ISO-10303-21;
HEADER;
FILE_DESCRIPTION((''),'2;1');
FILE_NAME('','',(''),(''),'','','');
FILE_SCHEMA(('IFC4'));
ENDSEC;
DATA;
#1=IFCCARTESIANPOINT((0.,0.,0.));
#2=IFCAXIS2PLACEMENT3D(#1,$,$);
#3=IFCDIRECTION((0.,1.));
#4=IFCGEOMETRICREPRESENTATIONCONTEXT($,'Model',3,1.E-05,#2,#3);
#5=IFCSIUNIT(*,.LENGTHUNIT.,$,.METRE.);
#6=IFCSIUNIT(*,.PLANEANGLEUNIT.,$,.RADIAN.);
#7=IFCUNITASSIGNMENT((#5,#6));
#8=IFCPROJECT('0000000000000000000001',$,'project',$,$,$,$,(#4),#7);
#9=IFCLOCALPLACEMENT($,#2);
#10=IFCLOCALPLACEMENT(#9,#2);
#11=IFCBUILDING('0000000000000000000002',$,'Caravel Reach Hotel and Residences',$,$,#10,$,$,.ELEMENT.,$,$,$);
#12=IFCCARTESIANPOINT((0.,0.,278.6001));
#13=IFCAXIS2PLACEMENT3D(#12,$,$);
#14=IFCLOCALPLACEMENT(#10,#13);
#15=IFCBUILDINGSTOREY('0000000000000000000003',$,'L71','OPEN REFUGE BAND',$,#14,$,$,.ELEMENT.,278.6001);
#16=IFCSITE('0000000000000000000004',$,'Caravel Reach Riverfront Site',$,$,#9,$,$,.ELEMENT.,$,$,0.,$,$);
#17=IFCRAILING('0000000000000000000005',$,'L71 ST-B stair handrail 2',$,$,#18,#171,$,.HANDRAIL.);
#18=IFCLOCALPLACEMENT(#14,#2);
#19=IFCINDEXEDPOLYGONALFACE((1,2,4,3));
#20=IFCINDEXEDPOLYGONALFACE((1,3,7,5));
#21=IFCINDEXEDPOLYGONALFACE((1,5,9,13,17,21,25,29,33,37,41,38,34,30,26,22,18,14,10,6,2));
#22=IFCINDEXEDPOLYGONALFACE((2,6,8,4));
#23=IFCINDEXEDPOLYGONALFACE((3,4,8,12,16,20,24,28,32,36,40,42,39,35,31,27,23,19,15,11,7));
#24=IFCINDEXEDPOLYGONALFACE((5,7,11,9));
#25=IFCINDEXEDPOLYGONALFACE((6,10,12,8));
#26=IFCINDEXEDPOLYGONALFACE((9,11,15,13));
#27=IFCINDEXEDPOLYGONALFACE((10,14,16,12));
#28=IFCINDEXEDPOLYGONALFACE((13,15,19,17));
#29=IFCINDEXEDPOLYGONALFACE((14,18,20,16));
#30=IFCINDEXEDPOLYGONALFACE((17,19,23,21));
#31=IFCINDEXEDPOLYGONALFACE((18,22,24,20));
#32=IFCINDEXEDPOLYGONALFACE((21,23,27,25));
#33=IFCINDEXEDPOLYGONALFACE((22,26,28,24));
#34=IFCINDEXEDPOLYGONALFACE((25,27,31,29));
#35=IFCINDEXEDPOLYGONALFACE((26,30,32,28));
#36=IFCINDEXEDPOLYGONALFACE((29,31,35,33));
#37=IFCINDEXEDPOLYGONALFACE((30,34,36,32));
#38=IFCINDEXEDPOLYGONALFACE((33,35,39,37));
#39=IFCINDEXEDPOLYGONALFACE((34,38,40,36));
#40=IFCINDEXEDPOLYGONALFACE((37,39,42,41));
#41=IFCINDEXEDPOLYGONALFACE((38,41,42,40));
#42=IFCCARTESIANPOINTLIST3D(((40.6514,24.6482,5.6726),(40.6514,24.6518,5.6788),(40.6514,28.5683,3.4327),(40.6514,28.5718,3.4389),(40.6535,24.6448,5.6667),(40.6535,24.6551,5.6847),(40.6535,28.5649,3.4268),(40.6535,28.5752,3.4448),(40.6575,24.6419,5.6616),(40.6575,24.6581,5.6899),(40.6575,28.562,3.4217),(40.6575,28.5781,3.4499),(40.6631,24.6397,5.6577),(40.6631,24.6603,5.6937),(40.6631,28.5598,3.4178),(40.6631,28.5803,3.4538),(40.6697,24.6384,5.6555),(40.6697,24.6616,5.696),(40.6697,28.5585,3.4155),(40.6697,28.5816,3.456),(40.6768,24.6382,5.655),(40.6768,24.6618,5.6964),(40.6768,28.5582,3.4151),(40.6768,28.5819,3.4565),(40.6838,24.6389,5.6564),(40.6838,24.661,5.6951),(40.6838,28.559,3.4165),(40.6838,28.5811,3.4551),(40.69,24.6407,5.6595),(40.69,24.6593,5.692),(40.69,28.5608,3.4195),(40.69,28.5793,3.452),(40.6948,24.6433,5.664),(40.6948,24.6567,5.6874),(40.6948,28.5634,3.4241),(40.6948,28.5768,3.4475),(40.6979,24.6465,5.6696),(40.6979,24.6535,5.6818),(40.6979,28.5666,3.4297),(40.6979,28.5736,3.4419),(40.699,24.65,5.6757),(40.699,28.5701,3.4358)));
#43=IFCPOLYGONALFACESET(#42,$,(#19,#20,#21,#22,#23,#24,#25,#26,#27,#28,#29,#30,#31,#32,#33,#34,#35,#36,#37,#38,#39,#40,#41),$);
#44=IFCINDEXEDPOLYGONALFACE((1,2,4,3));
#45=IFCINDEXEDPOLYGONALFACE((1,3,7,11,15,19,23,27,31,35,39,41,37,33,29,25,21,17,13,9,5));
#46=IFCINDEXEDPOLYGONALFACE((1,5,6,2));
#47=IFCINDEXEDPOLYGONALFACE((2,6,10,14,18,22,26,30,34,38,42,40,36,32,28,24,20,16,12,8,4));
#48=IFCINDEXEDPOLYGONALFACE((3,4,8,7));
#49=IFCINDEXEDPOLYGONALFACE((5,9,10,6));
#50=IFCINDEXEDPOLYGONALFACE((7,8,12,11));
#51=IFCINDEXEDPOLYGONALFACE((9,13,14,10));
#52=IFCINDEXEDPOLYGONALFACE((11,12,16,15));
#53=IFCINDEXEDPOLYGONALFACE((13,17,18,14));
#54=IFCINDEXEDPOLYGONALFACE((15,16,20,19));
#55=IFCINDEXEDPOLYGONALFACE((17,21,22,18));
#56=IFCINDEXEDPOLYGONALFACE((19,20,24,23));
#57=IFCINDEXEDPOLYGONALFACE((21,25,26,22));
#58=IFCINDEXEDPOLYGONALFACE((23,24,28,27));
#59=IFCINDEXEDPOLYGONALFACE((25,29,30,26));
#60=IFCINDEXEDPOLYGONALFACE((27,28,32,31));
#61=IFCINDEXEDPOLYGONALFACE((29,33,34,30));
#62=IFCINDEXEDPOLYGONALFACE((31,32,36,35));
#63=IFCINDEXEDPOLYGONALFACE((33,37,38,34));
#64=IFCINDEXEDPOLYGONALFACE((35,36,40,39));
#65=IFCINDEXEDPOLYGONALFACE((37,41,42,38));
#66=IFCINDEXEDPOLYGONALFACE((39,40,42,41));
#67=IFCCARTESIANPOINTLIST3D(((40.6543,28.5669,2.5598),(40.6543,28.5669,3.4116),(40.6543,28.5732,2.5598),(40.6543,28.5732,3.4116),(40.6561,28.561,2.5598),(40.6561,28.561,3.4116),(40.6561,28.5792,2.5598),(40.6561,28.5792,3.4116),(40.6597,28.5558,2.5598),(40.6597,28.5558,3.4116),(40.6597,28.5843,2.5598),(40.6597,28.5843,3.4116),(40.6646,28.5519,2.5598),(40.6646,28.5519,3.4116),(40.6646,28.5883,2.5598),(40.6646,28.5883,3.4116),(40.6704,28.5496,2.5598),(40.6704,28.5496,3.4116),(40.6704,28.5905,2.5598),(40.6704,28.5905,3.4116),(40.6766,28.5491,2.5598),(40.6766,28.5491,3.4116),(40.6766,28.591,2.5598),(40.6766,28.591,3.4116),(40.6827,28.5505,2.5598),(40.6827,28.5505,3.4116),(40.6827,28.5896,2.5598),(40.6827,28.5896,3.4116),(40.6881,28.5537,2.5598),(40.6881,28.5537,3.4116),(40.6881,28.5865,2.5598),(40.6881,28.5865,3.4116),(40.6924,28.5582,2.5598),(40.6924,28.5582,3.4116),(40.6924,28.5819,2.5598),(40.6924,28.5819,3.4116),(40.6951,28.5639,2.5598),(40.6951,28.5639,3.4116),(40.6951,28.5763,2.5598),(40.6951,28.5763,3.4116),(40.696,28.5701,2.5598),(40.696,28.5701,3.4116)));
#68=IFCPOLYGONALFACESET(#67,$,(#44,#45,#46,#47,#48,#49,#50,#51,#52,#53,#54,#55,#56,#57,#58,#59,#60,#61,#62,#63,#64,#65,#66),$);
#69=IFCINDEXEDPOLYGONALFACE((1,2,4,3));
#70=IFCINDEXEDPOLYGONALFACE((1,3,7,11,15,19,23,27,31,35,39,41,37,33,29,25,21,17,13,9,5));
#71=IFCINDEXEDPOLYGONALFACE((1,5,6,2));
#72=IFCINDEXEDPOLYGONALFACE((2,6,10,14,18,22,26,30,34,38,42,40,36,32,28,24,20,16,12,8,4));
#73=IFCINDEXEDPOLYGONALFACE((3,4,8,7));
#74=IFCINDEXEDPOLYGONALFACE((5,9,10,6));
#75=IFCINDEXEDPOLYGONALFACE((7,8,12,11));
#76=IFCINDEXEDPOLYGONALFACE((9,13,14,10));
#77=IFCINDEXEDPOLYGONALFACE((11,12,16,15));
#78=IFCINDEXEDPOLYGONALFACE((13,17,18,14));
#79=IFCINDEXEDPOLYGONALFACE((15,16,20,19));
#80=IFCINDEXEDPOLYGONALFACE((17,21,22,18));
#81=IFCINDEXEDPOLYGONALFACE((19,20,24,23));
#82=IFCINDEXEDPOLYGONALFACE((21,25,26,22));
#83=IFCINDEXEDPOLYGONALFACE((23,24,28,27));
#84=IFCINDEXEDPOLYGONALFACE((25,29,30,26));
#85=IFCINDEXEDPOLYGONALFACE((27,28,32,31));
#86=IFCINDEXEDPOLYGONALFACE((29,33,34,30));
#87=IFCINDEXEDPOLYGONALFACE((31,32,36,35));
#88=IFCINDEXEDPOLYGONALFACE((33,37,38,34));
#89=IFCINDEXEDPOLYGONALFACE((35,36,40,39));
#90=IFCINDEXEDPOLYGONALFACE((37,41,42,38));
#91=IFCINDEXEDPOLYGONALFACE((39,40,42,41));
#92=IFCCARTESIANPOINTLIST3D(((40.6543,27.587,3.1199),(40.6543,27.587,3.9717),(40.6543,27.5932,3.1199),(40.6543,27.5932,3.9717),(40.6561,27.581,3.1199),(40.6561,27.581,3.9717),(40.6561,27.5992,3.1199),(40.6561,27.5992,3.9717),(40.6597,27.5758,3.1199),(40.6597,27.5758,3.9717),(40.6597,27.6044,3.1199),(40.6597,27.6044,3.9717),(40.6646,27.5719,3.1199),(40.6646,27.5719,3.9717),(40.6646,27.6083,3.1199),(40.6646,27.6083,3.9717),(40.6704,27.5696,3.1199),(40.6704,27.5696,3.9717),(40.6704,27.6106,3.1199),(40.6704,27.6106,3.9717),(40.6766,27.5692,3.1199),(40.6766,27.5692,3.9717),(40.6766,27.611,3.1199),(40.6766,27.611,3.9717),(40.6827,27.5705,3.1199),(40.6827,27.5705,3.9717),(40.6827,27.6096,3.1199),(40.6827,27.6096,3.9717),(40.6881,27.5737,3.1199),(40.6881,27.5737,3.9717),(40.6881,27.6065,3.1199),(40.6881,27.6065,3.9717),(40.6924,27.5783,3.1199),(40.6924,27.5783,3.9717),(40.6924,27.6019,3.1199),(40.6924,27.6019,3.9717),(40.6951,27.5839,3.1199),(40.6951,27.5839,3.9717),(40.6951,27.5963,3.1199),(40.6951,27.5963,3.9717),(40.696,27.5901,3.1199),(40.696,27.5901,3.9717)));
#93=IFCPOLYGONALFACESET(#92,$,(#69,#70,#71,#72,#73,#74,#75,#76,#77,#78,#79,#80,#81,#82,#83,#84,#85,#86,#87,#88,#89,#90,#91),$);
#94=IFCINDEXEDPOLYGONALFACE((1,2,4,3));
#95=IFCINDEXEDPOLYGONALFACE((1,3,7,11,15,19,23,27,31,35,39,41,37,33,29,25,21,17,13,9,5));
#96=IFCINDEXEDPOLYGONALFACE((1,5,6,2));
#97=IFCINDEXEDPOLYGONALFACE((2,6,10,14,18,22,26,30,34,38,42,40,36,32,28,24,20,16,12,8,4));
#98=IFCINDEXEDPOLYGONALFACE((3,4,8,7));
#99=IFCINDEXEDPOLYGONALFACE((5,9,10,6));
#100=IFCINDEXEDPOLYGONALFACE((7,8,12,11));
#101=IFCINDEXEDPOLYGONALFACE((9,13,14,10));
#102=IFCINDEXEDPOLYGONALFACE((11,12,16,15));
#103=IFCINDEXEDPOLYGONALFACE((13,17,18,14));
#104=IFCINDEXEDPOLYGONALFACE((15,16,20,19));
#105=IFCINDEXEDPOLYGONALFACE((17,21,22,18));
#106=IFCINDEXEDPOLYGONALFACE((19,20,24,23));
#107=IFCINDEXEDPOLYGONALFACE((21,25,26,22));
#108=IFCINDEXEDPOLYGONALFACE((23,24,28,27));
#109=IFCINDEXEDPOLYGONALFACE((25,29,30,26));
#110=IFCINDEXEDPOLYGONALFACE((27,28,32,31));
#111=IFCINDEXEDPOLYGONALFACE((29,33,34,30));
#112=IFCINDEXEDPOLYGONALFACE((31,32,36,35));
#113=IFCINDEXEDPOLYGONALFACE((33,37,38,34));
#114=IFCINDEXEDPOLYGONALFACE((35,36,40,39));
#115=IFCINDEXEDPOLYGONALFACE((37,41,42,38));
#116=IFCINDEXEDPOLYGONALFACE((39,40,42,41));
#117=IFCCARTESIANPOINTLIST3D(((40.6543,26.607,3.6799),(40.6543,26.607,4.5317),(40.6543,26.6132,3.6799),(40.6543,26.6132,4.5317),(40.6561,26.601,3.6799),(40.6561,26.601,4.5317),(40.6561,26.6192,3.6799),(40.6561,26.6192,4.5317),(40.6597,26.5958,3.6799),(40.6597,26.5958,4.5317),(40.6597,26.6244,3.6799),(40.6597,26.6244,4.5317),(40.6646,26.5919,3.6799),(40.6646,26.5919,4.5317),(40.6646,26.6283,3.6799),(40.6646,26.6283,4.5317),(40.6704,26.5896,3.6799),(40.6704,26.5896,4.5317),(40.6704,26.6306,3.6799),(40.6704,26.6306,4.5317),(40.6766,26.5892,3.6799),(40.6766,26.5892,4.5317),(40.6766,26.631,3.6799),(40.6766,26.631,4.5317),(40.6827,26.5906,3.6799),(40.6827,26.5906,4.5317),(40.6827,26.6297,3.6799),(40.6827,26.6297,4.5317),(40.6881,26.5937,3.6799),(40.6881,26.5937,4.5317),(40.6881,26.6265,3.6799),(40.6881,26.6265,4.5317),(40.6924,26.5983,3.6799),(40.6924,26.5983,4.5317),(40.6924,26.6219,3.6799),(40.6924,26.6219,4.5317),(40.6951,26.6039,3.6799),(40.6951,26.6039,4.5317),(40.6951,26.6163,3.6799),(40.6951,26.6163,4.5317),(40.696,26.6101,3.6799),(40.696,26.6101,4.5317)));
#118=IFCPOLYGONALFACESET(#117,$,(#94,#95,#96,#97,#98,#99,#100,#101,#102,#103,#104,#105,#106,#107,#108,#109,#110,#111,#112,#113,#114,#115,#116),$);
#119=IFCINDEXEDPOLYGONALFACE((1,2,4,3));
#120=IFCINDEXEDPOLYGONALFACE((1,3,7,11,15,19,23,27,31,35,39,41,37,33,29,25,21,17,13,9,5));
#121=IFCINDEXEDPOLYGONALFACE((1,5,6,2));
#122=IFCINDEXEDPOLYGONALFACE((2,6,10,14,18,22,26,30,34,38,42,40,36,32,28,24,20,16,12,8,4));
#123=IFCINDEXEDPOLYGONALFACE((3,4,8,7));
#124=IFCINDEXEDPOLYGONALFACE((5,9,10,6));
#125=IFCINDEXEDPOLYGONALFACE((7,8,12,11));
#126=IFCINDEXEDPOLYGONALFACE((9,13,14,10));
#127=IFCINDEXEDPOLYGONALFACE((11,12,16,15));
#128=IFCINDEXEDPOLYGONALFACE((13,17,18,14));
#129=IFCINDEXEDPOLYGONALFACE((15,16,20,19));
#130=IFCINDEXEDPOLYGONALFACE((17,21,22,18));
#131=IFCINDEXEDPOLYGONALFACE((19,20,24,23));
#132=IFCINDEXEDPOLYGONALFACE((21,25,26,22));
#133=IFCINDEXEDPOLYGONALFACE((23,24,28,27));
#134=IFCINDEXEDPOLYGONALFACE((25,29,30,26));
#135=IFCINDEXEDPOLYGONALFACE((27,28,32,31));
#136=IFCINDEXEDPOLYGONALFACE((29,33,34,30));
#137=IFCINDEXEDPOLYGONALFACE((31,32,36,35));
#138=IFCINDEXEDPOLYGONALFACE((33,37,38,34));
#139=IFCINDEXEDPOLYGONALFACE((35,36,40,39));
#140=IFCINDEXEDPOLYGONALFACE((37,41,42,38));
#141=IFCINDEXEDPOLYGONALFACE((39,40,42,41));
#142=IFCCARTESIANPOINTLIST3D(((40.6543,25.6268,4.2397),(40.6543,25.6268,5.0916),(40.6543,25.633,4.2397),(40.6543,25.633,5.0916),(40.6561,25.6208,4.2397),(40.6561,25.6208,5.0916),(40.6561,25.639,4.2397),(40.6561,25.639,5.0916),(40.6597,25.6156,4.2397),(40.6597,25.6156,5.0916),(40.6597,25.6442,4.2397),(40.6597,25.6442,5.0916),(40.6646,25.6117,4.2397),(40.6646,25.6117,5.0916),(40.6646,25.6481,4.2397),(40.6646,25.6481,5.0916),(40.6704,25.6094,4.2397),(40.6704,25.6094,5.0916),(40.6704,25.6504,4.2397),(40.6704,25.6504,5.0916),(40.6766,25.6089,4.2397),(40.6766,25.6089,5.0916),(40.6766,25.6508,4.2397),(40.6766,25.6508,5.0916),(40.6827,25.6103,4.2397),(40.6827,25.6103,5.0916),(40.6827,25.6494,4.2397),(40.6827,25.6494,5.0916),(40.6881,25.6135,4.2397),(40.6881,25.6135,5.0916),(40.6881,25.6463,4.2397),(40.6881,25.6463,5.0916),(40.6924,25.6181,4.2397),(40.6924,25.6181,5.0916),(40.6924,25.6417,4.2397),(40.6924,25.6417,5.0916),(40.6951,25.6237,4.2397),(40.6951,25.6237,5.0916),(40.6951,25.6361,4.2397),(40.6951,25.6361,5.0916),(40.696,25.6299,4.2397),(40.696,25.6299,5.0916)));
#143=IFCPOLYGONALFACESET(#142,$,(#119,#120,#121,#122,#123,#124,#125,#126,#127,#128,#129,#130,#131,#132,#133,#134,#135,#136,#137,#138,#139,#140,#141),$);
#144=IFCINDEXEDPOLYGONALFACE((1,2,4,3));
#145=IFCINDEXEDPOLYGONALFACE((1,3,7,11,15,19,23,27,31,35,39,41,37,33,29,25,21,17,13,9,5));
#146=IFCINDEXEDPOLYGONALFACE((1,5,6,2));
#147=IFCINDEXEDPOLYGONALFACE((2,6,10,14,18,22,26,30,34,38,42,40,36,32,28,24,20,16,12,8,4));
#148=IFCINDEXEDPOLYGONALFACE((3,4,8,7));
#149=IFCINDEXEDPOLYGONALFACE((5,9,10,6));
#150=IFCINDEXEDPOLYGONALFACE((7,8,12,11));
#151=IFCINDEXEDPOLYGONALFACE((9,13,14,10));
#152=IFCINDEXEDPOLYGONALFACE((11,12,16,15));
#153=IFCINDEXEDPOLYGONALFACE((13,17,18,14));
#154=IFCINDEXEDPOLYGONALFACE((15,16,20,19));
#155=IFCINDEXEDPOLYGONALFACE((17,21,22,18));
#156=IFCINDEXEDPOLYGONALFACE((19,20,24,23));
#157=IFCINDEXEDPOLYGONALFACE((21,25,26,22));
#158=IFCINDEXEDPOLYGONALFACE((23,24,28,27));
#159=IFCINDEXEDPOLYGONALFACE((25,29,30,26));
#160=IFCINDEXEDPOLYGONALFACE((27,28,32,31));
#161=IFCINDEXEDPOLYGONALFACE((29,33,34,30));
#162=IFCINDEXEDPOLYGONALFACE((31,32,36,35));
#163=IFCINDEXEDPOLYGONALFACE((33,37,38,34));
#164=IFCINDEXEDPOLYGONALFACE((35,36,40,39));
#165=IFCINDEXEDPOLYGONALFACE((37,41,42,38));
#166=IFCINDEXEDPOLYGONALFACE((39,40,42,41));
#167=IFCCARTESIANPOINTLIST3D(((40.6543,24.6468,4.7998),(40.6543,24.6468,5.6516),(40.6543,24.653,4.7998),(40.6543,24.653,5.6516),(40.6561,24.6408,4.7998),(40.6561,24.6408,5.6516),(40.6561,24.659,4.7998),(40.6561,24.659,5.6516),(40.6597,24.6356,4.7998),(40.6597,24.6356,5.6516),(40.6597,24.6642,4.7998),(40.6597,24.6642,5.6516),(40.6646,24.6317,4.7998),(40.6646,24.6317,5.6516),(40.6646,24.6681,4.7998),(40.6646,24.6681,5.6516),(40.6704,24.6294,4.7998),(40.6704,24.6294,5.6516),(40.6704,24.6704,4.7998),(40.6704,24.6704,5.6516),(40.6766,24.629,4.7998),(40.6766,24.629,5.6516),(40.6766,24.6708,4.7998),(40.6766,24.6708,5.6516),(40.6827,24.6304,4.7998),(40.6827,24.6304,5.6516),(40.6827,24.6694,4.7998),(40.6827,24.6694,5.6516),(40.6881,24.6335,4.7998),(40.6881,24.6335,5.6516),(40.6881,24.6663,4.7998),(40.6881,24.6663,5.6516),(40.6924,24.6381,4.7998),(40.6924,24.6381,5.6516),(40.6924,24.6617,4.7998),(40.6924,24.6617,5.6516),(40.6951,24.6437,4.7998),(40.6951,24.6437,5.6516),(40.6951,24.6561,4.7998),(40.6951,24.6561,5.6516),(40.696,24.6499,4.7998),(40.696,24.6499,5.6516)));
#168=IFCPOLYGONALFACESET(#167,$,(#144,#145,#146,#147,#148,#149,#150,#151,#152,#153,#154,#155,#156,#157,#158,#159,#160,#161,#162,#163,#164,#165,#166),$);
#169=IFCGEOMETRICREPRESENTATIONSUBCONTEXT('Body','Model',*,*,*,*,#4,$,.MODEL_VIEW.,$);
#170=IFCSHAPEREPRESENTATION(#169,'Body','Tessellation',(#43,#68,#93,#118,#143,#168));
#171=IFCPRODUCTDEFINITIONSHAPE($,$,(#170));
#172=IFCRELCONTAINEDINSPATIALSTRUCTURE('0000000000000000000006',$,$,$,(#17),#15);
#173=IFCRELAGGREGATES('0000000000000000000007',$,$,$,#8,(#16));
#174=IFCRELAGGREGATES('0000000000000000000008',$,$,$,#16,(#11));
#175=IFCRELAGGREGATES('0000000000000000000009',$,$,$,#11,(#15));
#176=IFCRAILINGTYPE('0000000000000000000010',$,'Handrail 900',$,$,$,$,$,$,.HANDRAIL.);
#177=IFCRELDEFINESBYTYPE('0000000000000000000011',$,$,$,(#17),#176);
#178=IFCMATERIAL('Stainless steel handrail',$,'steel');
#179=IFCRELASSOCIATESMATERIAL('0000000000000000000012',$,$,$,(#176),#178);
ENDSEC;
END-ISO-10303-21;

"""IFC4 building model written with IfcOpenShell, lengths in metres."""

from ifc_helpers import new_model, si_unit, direction, frame, origin, origin_2d, place, context, subcontext, project, spatial, circle, extrude, material, type_object, element, save


model = new_model("IFC4")

# Units and contexts
model_context = context("Model", 3, precision=1e-05, world=origin(), true_north=direction((0.0, 1.0)))
body_context = subcontext(model_context, "Body", "Model", "MODEL_VIEW")
ifc_project = project(units=[si_unit("LENGTHUNIT", "METRE"), si_unit("PLANEANGLEUNIT", "RADIAN")], contexts=[model_context])

# Site, building, storey
site_placement = place(None, origin())
site = spatial("IfcSite", under=ifc_project, at=site_placement, Name="Caravel Reach Riverfront Site", CompositionType="ELEMENT", RefElevation=0.0)
building_placement = place(site_placement, origin())
building = spatial("IfcBuilding", under=site, at=building_placement, Name="Caravel Reach Hotel and Residences", CompositionType="ELEMENT")
storey_placement = place(building_placement, frame((0.0, 0.0, 278.6001)))
storey = spatial("IfcBuildingStorey", under=building, at=storey_placement, Name="L71", Description="OPEN REFUGE BAND", CompositionType="ELEMENT", Elevation=278.6001)

# Railing
ifc_material_1 = material(Name="Stainless steel handrail", Category="steel")
railing_type_1 = type_object("IfcRailingType", Name="Handrail 900", PredefinedType="HANDRAIL", material=ifc_material_1)
railing_1_placement = place(storey_placement, frame((40.675, 28.5701, 2.5598)))
element("IfcRailing", 1, at=railing_1_placement, inside=storey, type_object=railing_type_1, Name="L71 ST-B stair handrail 2", PredefinedType="HANDRAIL", context=body_context, shape_type="SweptSolid", body=[
    extrude(circle(Radius=0.0239, at=origin_2d()), frame((0.0, 0.0, 0.876), z_axis=(0.0, -0.868253, 0.496121), x_axis=(1.0, 0.0, 0.0)), (0.0, 0.0, 1.0), 4.5149),
    extrude(circle(Radius=0.021, at=origin_2d()), origin(), (0.0, 0.0, 1.0), 0.8518),
    extrude(circle(Radius=0.021, at=origin_2d()), frame((0.0, -0.98, 0.5601)), (0.0, 0.0, 1.0), 0.8518),
    extrude(circle(Radius=0.021, at=origin_2d()), frame((0.0, -1.96, 1.1201)), (0.0, 0.0, 1.0), 0.8518),
    extrude(circle(Radius=0.021, at=origin_2d()), frame((0.0, -2.9402, 1.6799)), (0.0, 0.0, 1.0), 0.8518),
    extrude(circle(Radius=0.021, at=origin_2d()), frame((0.0, -3.9202, 2.24)), (0.0, 0.0, 1.0), 0.8518),
])

save(model, "model.ifc")
